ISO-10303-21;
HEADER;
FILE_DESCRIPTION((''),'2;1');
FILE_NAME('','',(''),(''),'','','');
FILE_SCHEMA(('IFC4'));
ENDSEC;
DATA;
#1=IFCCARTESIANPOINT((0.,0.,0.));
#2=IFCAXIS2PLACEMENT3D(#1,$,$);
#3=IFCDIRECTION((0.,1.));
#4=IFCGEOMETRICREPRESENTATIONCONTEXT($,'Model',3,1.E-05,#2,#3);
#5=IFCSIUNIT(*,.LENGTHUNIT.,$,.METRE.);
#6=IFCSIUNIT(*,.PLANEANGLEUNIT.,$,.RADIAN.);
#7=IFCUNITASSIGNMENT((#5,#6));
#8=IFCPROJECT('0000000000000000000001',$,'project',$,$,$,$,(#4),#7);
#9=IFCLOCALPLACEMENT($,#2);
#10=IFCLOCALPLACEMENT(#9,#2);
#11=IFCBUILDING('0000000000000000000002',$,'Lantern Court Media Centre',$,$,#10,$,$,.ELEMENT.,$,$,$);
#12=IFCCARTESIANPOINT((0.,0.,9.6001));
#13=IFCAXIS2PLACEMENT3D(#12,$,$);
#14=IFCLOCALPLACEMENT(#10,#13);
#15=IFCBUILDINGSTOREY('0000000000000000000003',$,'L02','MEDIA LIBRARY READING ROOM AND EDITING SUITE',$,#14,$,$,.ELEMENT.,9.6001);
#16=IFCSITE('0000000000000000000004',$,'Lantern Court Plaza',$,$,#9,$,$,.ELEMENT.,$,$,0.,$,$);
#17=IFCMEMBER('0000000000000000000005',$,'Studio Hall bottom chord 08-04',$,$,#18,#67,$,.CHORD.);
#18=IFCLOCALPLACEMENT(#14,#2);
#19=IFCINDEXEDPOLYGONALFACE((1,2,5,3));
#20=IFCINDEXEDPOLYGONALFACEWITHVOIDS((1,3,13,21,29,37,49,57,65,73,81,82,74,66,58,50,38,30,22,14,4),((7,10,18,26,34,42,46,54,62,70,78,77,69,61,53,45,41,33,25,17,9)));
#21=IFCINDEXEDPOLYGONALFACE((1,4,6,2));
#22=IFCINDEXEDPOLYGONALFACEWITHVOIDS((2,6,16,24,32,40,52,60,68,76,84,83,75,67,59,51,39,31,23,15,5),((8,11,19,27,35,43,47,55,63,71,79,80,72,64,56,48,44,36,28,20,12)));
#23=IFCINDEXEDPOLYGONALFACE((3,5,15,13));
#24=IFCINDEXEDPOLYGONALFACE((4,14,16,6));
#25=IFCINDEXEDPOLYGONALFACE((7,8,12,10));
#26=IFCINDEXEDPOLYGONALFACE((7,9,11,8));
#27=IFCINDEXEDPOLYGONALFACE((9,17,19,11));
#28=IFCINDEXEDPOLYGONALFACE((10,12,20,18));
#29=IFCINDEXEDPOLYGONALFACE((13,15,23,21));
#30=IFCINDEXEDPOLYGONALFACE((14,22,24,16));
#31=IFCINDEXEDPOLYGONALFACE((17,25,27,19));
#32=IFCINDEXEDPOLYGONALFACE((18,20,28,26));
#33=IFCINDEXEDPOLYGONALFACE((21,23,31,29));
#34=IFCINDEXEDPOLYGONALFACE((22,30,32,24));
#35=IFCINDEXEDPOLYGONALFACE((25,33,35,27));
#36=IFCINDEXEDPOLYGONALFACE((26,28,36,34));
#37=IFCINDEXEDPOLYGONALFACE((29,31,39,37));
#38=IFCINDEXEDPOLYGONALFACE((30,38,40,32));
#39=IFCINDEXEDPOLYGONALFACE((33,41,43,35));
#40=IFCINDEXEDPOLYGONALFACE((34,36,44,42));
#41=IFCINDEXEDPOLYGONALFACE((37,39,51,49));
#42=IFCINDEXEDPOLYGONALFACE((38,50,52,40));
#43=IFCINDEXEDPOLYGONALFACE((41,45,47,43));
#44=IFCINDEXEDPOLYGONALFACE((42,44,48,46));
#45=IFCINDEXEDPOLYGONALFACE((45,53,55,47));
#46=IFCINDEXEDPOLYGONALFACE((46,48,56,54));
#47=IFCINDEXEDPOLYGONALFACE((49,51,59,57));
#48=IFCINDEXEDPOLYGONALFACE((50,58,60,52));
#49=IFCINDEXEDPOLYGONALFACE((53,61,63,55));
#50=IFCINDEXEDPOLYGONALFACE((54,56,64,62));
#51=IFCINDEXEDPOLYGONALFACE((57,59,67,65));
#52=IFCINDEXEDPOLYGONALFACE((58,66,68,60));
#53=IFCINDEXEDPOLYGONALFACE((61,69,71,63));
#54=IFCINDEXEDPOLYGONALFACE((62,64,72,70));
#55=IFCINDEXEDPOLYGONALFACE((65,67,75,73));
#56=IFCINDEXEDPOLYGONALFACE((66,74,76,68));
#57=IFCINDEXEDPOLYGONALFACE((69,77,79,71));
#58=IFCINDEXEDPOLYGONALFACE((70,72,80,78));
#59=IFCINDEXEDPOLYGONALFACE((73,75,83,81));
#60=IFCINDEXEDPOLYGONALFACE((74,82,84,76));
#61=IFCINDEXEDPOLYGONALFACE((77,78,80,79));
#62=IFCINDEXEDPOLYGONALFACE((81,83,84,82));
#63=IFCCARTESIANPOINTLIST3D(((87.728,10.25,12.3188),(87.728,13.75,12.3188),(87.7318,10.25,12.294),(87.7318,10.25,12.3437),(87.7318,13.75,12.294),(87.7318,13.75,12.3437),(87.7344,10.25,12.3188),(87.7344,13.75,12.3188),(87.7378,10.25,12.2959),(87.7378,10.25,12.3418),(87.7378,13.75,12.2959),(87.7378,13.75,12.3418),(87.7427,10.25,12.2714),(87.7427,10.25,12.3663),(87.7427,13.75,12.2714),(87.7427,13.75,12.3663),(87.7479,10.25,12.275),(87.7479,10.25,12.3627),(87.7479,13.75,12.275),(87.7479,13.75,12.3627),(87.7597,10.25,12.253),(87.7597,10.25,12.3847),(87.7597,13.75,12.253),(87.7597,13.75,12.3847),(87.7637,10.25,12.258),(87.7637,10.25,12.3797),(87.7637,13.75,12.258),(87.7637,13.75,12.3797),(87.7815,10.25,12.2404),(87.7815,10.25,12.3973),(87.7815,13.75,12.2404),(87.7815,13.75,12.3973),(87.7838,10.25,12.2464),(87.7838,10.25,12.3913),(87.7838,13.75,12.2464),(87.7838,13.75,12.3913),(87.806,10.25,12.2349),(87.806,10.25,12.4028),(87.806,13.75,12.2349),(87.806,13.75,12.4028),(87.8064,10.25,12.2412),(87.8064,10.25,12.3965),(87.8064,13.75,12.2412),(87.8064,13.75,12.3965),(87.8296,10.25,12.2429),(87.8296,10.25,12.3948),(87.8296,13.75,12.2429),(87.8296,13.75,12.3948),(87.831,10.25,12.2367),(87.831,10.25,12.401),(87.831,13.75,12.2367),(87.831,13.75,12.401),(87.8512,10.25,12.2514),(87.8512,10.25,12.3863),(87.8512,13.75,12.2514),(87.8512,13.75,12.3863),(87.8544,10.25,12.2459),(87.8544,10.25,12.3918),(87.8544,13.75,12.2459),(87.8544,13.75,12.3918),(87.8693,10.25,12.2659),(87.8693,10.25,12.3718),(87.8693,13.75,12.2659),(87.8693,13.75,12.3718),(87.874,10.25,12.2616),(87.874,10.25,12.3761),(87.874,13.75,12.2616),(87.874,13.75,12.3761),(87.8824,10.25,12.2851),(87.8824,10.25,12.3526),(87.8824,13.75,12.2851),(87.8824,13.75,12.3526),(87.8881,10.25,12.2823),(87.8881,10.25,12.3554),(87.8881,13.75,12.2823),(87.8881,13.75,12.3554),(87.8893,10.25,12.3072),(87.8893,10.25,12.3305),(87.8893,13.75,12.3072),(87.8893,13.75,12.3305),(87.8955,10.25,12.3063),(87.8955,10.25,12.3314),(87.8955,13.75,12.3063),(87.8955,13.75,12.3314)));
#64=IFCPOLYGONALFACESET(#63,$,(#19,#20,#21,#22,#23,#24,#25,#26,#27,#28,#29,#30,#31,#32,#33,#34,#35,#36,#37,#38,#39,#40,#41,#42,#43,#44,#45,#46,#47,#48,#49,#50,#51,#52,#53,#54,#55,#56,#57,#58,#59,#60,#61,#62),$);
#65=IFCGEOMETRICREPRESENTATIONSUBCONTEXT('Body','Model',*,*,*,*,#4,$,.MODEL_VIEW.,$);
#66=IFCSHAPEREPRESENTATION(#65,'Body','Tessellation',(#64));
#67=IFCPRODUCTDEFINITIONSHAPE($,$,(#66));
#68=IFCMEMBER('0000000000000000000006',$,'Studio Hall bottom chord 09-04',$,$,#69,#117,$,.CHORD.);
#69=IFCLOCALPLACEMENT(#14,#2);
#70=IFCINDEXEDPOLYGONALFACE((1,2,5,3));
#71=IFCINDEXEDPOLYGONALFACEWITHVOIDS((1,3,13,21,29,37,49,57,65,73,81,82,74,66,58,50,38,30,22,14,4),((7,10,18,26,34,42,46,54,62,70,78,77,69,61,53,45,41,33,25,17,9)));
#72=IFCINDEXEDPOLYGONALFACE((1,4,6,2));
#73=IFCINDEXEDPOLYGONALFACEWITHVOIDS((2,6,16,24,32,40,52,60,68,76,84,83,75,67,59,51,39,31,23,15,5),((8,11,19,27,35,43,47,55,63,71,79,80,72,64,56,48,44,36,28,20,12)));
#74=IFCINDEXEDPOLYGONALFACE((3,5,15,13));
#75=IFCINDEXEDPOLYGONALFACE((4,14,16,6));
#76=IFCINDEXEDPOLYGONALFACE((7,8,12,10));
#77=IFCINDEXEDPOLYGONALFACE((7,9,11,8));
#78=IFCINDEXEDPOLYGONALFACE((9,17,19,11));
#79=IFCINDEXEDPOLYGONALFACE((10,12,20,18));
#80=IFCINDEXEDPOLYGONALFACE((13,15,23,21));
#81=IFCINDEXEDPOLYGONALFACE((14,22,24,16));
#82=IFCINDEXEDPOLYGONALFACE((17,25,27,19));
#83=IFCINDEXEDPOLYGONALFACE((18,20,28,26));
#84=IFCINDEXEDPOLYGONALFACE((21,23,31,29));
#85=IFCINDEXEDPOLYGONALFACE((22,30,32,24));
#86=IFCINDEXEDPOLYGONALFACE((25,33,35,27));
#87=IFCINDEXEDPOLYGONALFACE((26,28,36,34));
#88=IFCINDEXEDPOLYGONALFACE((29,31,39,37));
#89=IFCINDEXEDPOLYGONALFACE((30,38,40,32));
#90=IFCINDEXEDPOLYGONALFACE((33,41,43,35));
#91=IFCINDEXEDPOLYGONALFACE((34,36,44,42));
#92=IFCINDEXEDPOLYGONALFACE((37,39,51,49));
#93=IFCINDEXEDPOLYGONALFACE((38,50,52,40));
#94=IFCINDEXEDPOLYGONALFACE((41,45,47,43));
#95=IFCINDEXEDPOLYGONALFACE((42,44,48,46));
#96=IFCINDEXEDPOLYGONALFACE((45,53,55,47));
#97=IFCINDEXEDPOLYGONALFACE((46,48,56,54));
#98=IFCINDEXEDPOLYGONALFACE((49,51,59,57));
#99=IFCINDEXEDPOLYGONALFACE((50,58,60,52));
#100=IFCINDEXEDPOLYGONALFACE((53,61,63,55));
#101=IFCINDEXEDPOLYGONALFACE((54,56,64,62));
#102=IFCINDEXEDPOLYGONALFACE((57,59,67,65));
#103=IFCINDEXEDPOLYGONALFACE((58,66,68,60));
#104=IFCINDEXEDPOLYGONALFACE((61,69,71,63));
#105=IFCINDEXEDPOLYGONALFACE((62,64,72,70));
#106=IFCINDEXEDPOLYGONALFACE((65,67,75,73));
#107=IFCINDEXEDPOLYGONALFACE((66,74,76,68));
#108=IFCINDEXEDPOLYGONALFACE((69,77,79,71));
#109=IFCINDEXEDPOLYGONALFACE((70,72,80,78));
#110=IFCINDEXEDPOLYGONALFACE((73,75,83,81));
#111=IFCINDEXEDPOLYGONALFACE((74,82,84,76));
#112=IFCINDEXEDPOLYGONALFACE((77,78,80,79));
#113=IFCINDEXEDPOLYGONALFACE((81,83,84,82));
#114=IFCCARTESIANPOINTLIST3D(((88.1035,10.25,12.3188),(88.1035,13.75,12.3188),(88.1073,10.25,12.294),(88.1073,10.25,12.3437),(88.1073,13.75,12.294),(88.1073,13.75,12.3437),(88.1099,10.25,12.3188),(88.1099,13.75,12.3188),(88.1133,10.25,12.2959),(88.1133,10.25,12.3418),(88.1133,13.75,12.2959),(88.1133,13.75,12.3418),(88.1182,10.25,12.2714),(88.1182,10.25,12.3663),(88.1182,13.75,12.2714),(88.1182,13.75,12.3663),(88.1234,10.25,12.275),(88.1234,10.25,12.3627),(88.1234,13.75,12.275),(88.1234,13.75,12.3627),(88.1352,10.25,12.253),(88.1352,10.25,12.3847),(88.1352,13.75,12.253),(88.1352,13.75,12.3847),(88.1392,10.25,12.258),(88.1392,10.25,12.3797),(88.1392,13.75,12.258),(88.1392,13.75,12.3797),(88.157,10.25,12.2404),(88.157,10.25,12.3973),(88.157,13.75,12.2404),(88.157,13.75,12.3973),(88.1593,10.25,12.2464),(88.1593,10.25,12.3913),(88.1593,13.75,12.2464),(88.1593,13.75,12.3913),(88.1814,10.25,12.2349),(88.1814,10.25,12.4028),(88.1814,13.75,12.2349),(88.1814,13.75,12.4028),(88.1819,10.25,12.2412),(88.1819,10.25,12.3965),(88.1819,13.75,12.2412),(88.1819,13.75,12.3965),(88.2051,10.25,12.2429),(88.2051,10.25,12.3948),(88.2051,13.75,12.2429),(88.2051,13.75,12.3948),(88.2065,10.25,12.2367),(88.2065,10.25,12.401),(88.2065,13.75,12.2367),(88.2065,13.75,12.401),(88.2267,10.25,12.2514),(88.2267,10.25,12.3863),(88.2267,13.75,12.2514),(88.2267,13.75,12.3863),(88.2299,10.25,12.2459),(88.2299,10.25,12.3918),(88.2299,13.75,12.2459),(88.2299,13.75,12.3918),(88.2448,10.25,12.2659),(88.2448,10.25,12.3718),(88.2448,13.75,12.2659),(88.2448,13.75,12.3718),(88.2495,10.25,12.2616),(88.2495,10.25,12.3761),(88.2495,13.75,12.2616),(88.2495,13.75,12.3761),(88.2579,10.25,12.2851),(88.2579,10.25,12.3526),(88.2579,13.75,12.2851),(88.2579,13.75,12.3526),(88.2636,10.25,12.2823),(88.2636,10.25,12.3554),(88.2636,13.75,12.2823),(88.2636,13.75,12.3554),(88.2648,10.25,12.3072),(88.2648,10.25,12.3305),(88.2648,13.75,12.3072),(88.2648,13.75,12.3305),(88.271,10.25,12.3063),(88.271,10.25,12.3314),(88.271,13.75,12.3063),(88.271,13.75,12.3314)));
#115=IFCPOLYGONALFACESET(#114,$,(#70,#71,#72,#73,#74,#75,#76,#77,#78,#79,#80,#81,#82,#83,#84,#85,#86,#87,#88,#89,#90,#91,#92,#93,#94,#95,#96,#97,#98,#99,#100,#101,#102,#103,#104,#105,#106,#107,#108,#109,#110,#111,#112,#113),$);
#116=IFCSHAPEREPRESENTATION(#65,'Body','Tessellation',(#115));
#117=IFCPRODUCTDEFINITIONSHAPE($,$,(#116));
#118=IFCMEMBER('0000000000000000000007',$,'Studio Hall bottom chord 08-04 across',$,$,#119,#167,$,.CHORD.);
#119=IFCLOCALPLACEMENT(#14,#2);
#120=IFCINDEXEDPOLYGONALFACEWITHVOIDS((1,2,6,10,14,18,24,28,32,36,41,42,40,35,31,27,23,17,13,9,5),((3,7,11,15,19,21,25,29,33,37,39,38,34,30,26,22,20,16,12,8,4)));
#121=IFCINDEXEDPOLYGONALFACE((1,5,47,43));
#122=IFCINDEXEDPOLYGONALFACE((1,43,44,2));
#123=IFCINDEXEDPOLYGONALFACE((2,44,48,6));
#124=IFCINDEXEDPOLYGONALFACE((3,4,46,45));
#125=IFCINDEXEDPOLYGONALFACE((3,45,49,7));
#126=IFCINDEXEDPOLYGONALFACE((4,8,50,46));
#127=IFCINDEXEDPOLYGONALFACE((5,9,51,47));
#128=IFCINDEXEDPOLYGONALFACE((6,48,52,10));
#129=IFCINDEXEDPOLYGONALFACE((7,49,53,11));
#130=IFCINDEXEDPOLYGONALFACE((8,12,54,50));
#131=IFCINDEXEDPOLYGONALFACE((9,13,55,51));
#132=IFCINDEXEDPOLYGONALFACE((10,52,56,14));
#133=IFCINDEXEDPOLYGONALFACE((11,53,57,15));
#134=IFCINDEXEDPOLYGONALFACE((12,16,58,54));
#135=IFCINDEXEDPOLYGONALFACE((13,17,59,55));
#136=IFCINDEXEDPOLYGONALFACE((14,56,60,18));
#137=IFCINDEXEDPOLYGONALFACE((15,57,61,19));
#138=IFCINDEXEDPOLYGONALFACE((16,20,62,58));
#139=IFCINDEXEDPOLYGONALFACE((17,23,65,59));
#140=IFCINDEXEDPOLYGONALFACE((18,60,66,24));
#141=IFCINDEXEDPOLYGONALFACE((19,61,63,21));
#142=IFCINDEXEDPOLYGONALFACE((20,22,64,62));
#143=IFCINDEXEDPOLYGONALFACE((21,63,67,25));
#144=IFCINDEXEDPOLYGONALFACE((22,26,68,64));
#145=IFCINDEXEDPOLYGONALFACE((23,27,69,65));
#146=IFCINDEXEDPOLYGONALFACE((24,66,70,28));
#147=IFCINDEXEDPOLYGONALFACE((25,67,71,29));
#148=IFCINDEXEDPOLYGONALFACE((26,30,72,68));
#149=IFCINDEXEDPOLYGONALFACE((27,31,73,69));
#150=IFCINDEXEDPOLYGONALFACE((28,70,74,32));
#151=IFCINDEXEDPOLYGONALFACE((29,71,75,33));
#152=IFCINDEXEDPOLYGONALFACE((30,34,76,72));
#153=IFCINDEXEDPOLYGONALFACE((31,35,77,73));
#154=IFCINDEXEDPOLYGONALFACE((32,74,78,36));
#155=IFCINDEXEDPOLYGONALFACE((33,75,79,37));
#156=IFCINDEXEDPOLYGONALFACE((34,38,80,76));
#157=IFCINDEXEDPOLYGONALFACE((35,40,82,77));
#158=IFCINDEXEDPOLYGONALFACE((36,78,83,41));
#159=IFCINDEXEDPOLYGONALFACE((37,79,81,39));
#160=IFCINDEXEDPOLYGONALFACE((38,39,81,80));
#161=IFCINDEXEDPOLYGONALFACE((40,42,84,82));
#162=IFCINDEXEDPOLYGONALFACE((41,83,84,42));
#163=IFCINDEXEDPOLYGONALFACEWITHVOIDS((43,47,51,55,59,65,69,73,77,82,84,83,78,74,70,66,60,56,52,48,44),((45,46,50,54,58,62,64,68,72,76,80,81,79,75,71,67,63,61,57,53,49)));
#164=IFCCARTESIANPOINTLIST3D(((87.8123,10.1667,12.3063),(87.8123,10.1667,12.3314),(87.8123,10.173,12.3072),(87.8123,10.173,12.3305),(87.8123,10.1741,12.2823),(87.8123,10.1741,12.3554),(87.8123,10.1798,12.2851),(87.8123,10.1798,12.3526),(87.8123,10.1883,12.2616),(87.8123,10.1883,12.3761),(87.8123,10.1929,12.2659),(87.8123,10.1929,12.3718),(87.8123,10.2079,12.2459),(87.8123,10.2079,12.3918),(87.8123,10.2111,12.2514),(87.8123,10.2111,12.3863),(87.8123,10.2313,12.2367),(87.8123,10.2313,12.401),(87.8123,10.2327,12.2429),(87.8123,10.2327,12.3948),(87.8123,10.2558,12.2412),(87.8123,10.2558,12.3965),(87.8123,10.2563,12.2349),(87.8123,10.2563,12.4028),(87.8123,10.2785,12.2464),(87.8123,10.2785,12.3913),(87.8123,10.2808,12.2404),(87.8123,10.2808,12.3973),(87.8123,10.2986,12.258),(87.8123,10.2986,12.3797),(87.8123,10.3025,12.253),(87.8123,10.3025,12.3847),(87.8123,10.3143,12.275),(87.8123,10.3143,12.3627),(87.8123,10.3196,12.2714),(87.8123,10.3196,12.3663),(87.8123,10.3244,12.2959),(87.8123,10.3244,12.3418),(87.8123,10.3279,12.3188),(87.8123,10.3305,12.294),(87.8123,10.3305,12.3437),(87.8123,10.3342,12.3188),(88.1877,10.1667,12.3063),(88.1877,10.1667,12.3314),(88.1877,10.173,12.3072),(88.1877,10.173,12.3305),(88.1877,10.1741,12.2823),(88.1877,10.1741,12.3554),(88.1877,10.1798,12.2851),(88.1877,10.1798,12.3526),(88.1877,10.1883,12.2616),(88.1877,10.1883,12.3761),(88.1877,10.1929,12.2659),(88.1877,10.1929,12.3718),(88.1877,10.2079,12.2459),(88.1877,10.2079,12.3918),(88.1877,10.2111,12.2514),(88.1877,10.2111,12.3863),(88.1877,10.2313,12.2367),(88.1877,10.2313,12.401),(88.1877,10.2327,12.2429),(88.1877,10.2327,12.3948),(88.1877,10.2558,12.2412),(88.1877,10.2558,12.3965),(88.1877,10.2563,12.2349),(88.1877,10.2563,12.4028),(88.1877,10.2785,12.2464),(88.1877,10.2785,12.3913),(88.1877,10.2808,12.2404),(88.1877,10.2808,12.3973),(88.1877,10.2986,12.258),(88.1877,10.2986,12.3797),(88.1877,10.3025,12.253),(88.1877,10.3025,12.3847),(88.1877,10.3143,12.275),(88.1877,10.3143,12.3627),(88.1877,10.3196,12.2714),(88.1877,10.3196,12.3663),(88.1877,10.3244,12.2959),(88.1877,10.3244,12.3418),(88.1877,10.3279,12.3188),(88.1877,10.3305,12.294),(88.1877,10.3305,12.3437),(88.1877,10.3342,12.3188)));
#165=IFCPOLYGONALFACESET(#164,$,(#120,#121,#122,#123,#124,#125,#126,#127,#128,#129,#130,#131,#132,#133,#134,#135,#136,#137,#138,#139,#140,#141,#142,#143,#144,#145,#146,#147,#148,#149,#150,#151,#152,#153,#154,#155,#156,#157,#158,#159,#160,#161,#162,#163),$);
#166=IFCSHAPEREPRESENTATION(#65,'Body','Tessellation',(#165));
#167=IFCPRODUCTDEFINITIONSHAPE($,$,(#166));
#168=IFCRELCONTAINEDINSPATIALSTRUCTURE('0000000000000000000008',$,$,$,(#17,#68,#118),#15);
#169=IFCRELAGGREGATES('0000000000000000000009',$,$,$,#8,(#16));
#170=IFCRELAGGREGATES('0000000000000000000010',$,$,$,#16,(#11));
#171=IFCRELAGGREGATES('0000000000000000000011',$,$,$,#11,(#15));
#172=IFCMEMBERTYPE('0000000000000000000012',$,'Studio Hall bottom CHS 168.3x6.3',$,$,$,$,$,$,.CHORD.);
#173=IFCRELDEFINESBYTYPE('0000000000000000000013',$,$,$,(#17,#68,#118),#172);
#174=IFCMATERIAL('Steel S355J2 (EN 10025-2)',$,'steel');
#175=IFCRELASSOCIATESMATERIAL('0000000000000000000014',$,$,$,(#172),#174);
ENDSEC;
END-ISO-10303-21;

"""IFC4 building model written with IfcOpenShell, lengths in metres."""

from ifc_helpers import new_model, si_unit, direction, frame, origin, origin_2d, place, context, subcontext, project, spatial, hollow_circle, extrude, material, material_profile, profile_set, type_object, element, save


model = new_model("IFC4")

# Units and contexts
model_context = context("Model", 3, precision=1e-05, world=origin(), true_north=direction((0.0, 1.0)))
body_context = subcontext(model_context, "Body", "Model", "MODEL_VIEW")
ifc_project = project(units=[si_unit("LENGTHUNIT", "METRE"), si_unit("PLANEANGLEUNIT", "RADIAN")], contexts=[model_context])

# Site, building, storey
site_placement = place(None, origin())
site = spatial("IfcSite", under=ifc_project, at=site_placement, Name="Lantern Court Plaza", CompositionType="ELEMENT", RefElevation=0.0)
building_placement = place(site_placement, origin())
building = spatial("IfcBuilding", under=site, at=building_placement, Name="Lantern Court Media Centre", CompositionType="ELEMENT")
storey_placement = place(building_placement, frame((0.0, 0.0, 9.6001)))
storey = spatial("IfcBuildingStorey", under=building, at=storey_placement, Name="L02", Description="MEDIA LIBRARY READING ROOM AND EDITING SUITE", CompositionType="ELEMENT", Elevation=9.6001)

# Members
ifc_material = material(Name="Steel S355J2 (EN 10025-2)", Category="steel")
ifc_material_profile_1 = material_profile(ifc_material, hollow_circle(Radius=0.0842, WallThickness=0.0063, at=origin_2d()), Name="Studio Hall bottom CHS 168.3x6.3")
ifc_profile_set_1 = profile_set([ifc_material_profile_1], Name="Steel S355J2 (EN 10025-2)")
member_type_1 = type_object("IfcMemberType", Name="Studio Hall bottom CHS 168.3x6.3", PredefinedType="CHORD", material=ifc_profile_set_1)
for number, where, z_axis, x_axis, name in (
    (1, (87.8123, 10.25, 12.3188), (0.0, 1.0, 0.0), (-1.0, 0.0, 0.0), "Studio Hall bottom chord 08-04"),
    (2, (88.1877, 10.25, 12.3188), (0.0, 1.0, 0.0), (-1.0, 0.0, 0.0), "Studio Hall bottom chord 09-04"),
):
    element("IfcMember", number, at=place(storey_placement, frame(where, z_axis=z_axis, x_axis=x_axis)), inside=storey, type_object=member_type_1, Name=name, PredefinedType="CHORD", context=body_context, shape_type="SweptSolid", body=[
        extrude(hollow_circle(Radius=0.0842, WallThickness=0.0063, at=origin_2d()), origin(), (0.0, 0.0, 1.0), 3.5),
    ])
member_1_placement = place(storey_placement, frame((87.8123, 10.25, 12.3188), z_axis=(1.0, 0.0, 0.0), x_axis=(0.0, 1.0, 0.0)))
element("IfcMember", 3, at=member_1_placement, inside=storey, type_object=member_type_1, Name="Studio Hall bottom chord 08-04 across", PredefinedType="CHORD", context=body_context, shape_type="SweptSolid", body=[
    extrude(hollow_circle(Radius=0.0842, WallThickness=0.0063, at=origin_2d()), origin(), (0.0, 0.0, 1.0), 0.3755),
])

save(model, "model.ifc")
